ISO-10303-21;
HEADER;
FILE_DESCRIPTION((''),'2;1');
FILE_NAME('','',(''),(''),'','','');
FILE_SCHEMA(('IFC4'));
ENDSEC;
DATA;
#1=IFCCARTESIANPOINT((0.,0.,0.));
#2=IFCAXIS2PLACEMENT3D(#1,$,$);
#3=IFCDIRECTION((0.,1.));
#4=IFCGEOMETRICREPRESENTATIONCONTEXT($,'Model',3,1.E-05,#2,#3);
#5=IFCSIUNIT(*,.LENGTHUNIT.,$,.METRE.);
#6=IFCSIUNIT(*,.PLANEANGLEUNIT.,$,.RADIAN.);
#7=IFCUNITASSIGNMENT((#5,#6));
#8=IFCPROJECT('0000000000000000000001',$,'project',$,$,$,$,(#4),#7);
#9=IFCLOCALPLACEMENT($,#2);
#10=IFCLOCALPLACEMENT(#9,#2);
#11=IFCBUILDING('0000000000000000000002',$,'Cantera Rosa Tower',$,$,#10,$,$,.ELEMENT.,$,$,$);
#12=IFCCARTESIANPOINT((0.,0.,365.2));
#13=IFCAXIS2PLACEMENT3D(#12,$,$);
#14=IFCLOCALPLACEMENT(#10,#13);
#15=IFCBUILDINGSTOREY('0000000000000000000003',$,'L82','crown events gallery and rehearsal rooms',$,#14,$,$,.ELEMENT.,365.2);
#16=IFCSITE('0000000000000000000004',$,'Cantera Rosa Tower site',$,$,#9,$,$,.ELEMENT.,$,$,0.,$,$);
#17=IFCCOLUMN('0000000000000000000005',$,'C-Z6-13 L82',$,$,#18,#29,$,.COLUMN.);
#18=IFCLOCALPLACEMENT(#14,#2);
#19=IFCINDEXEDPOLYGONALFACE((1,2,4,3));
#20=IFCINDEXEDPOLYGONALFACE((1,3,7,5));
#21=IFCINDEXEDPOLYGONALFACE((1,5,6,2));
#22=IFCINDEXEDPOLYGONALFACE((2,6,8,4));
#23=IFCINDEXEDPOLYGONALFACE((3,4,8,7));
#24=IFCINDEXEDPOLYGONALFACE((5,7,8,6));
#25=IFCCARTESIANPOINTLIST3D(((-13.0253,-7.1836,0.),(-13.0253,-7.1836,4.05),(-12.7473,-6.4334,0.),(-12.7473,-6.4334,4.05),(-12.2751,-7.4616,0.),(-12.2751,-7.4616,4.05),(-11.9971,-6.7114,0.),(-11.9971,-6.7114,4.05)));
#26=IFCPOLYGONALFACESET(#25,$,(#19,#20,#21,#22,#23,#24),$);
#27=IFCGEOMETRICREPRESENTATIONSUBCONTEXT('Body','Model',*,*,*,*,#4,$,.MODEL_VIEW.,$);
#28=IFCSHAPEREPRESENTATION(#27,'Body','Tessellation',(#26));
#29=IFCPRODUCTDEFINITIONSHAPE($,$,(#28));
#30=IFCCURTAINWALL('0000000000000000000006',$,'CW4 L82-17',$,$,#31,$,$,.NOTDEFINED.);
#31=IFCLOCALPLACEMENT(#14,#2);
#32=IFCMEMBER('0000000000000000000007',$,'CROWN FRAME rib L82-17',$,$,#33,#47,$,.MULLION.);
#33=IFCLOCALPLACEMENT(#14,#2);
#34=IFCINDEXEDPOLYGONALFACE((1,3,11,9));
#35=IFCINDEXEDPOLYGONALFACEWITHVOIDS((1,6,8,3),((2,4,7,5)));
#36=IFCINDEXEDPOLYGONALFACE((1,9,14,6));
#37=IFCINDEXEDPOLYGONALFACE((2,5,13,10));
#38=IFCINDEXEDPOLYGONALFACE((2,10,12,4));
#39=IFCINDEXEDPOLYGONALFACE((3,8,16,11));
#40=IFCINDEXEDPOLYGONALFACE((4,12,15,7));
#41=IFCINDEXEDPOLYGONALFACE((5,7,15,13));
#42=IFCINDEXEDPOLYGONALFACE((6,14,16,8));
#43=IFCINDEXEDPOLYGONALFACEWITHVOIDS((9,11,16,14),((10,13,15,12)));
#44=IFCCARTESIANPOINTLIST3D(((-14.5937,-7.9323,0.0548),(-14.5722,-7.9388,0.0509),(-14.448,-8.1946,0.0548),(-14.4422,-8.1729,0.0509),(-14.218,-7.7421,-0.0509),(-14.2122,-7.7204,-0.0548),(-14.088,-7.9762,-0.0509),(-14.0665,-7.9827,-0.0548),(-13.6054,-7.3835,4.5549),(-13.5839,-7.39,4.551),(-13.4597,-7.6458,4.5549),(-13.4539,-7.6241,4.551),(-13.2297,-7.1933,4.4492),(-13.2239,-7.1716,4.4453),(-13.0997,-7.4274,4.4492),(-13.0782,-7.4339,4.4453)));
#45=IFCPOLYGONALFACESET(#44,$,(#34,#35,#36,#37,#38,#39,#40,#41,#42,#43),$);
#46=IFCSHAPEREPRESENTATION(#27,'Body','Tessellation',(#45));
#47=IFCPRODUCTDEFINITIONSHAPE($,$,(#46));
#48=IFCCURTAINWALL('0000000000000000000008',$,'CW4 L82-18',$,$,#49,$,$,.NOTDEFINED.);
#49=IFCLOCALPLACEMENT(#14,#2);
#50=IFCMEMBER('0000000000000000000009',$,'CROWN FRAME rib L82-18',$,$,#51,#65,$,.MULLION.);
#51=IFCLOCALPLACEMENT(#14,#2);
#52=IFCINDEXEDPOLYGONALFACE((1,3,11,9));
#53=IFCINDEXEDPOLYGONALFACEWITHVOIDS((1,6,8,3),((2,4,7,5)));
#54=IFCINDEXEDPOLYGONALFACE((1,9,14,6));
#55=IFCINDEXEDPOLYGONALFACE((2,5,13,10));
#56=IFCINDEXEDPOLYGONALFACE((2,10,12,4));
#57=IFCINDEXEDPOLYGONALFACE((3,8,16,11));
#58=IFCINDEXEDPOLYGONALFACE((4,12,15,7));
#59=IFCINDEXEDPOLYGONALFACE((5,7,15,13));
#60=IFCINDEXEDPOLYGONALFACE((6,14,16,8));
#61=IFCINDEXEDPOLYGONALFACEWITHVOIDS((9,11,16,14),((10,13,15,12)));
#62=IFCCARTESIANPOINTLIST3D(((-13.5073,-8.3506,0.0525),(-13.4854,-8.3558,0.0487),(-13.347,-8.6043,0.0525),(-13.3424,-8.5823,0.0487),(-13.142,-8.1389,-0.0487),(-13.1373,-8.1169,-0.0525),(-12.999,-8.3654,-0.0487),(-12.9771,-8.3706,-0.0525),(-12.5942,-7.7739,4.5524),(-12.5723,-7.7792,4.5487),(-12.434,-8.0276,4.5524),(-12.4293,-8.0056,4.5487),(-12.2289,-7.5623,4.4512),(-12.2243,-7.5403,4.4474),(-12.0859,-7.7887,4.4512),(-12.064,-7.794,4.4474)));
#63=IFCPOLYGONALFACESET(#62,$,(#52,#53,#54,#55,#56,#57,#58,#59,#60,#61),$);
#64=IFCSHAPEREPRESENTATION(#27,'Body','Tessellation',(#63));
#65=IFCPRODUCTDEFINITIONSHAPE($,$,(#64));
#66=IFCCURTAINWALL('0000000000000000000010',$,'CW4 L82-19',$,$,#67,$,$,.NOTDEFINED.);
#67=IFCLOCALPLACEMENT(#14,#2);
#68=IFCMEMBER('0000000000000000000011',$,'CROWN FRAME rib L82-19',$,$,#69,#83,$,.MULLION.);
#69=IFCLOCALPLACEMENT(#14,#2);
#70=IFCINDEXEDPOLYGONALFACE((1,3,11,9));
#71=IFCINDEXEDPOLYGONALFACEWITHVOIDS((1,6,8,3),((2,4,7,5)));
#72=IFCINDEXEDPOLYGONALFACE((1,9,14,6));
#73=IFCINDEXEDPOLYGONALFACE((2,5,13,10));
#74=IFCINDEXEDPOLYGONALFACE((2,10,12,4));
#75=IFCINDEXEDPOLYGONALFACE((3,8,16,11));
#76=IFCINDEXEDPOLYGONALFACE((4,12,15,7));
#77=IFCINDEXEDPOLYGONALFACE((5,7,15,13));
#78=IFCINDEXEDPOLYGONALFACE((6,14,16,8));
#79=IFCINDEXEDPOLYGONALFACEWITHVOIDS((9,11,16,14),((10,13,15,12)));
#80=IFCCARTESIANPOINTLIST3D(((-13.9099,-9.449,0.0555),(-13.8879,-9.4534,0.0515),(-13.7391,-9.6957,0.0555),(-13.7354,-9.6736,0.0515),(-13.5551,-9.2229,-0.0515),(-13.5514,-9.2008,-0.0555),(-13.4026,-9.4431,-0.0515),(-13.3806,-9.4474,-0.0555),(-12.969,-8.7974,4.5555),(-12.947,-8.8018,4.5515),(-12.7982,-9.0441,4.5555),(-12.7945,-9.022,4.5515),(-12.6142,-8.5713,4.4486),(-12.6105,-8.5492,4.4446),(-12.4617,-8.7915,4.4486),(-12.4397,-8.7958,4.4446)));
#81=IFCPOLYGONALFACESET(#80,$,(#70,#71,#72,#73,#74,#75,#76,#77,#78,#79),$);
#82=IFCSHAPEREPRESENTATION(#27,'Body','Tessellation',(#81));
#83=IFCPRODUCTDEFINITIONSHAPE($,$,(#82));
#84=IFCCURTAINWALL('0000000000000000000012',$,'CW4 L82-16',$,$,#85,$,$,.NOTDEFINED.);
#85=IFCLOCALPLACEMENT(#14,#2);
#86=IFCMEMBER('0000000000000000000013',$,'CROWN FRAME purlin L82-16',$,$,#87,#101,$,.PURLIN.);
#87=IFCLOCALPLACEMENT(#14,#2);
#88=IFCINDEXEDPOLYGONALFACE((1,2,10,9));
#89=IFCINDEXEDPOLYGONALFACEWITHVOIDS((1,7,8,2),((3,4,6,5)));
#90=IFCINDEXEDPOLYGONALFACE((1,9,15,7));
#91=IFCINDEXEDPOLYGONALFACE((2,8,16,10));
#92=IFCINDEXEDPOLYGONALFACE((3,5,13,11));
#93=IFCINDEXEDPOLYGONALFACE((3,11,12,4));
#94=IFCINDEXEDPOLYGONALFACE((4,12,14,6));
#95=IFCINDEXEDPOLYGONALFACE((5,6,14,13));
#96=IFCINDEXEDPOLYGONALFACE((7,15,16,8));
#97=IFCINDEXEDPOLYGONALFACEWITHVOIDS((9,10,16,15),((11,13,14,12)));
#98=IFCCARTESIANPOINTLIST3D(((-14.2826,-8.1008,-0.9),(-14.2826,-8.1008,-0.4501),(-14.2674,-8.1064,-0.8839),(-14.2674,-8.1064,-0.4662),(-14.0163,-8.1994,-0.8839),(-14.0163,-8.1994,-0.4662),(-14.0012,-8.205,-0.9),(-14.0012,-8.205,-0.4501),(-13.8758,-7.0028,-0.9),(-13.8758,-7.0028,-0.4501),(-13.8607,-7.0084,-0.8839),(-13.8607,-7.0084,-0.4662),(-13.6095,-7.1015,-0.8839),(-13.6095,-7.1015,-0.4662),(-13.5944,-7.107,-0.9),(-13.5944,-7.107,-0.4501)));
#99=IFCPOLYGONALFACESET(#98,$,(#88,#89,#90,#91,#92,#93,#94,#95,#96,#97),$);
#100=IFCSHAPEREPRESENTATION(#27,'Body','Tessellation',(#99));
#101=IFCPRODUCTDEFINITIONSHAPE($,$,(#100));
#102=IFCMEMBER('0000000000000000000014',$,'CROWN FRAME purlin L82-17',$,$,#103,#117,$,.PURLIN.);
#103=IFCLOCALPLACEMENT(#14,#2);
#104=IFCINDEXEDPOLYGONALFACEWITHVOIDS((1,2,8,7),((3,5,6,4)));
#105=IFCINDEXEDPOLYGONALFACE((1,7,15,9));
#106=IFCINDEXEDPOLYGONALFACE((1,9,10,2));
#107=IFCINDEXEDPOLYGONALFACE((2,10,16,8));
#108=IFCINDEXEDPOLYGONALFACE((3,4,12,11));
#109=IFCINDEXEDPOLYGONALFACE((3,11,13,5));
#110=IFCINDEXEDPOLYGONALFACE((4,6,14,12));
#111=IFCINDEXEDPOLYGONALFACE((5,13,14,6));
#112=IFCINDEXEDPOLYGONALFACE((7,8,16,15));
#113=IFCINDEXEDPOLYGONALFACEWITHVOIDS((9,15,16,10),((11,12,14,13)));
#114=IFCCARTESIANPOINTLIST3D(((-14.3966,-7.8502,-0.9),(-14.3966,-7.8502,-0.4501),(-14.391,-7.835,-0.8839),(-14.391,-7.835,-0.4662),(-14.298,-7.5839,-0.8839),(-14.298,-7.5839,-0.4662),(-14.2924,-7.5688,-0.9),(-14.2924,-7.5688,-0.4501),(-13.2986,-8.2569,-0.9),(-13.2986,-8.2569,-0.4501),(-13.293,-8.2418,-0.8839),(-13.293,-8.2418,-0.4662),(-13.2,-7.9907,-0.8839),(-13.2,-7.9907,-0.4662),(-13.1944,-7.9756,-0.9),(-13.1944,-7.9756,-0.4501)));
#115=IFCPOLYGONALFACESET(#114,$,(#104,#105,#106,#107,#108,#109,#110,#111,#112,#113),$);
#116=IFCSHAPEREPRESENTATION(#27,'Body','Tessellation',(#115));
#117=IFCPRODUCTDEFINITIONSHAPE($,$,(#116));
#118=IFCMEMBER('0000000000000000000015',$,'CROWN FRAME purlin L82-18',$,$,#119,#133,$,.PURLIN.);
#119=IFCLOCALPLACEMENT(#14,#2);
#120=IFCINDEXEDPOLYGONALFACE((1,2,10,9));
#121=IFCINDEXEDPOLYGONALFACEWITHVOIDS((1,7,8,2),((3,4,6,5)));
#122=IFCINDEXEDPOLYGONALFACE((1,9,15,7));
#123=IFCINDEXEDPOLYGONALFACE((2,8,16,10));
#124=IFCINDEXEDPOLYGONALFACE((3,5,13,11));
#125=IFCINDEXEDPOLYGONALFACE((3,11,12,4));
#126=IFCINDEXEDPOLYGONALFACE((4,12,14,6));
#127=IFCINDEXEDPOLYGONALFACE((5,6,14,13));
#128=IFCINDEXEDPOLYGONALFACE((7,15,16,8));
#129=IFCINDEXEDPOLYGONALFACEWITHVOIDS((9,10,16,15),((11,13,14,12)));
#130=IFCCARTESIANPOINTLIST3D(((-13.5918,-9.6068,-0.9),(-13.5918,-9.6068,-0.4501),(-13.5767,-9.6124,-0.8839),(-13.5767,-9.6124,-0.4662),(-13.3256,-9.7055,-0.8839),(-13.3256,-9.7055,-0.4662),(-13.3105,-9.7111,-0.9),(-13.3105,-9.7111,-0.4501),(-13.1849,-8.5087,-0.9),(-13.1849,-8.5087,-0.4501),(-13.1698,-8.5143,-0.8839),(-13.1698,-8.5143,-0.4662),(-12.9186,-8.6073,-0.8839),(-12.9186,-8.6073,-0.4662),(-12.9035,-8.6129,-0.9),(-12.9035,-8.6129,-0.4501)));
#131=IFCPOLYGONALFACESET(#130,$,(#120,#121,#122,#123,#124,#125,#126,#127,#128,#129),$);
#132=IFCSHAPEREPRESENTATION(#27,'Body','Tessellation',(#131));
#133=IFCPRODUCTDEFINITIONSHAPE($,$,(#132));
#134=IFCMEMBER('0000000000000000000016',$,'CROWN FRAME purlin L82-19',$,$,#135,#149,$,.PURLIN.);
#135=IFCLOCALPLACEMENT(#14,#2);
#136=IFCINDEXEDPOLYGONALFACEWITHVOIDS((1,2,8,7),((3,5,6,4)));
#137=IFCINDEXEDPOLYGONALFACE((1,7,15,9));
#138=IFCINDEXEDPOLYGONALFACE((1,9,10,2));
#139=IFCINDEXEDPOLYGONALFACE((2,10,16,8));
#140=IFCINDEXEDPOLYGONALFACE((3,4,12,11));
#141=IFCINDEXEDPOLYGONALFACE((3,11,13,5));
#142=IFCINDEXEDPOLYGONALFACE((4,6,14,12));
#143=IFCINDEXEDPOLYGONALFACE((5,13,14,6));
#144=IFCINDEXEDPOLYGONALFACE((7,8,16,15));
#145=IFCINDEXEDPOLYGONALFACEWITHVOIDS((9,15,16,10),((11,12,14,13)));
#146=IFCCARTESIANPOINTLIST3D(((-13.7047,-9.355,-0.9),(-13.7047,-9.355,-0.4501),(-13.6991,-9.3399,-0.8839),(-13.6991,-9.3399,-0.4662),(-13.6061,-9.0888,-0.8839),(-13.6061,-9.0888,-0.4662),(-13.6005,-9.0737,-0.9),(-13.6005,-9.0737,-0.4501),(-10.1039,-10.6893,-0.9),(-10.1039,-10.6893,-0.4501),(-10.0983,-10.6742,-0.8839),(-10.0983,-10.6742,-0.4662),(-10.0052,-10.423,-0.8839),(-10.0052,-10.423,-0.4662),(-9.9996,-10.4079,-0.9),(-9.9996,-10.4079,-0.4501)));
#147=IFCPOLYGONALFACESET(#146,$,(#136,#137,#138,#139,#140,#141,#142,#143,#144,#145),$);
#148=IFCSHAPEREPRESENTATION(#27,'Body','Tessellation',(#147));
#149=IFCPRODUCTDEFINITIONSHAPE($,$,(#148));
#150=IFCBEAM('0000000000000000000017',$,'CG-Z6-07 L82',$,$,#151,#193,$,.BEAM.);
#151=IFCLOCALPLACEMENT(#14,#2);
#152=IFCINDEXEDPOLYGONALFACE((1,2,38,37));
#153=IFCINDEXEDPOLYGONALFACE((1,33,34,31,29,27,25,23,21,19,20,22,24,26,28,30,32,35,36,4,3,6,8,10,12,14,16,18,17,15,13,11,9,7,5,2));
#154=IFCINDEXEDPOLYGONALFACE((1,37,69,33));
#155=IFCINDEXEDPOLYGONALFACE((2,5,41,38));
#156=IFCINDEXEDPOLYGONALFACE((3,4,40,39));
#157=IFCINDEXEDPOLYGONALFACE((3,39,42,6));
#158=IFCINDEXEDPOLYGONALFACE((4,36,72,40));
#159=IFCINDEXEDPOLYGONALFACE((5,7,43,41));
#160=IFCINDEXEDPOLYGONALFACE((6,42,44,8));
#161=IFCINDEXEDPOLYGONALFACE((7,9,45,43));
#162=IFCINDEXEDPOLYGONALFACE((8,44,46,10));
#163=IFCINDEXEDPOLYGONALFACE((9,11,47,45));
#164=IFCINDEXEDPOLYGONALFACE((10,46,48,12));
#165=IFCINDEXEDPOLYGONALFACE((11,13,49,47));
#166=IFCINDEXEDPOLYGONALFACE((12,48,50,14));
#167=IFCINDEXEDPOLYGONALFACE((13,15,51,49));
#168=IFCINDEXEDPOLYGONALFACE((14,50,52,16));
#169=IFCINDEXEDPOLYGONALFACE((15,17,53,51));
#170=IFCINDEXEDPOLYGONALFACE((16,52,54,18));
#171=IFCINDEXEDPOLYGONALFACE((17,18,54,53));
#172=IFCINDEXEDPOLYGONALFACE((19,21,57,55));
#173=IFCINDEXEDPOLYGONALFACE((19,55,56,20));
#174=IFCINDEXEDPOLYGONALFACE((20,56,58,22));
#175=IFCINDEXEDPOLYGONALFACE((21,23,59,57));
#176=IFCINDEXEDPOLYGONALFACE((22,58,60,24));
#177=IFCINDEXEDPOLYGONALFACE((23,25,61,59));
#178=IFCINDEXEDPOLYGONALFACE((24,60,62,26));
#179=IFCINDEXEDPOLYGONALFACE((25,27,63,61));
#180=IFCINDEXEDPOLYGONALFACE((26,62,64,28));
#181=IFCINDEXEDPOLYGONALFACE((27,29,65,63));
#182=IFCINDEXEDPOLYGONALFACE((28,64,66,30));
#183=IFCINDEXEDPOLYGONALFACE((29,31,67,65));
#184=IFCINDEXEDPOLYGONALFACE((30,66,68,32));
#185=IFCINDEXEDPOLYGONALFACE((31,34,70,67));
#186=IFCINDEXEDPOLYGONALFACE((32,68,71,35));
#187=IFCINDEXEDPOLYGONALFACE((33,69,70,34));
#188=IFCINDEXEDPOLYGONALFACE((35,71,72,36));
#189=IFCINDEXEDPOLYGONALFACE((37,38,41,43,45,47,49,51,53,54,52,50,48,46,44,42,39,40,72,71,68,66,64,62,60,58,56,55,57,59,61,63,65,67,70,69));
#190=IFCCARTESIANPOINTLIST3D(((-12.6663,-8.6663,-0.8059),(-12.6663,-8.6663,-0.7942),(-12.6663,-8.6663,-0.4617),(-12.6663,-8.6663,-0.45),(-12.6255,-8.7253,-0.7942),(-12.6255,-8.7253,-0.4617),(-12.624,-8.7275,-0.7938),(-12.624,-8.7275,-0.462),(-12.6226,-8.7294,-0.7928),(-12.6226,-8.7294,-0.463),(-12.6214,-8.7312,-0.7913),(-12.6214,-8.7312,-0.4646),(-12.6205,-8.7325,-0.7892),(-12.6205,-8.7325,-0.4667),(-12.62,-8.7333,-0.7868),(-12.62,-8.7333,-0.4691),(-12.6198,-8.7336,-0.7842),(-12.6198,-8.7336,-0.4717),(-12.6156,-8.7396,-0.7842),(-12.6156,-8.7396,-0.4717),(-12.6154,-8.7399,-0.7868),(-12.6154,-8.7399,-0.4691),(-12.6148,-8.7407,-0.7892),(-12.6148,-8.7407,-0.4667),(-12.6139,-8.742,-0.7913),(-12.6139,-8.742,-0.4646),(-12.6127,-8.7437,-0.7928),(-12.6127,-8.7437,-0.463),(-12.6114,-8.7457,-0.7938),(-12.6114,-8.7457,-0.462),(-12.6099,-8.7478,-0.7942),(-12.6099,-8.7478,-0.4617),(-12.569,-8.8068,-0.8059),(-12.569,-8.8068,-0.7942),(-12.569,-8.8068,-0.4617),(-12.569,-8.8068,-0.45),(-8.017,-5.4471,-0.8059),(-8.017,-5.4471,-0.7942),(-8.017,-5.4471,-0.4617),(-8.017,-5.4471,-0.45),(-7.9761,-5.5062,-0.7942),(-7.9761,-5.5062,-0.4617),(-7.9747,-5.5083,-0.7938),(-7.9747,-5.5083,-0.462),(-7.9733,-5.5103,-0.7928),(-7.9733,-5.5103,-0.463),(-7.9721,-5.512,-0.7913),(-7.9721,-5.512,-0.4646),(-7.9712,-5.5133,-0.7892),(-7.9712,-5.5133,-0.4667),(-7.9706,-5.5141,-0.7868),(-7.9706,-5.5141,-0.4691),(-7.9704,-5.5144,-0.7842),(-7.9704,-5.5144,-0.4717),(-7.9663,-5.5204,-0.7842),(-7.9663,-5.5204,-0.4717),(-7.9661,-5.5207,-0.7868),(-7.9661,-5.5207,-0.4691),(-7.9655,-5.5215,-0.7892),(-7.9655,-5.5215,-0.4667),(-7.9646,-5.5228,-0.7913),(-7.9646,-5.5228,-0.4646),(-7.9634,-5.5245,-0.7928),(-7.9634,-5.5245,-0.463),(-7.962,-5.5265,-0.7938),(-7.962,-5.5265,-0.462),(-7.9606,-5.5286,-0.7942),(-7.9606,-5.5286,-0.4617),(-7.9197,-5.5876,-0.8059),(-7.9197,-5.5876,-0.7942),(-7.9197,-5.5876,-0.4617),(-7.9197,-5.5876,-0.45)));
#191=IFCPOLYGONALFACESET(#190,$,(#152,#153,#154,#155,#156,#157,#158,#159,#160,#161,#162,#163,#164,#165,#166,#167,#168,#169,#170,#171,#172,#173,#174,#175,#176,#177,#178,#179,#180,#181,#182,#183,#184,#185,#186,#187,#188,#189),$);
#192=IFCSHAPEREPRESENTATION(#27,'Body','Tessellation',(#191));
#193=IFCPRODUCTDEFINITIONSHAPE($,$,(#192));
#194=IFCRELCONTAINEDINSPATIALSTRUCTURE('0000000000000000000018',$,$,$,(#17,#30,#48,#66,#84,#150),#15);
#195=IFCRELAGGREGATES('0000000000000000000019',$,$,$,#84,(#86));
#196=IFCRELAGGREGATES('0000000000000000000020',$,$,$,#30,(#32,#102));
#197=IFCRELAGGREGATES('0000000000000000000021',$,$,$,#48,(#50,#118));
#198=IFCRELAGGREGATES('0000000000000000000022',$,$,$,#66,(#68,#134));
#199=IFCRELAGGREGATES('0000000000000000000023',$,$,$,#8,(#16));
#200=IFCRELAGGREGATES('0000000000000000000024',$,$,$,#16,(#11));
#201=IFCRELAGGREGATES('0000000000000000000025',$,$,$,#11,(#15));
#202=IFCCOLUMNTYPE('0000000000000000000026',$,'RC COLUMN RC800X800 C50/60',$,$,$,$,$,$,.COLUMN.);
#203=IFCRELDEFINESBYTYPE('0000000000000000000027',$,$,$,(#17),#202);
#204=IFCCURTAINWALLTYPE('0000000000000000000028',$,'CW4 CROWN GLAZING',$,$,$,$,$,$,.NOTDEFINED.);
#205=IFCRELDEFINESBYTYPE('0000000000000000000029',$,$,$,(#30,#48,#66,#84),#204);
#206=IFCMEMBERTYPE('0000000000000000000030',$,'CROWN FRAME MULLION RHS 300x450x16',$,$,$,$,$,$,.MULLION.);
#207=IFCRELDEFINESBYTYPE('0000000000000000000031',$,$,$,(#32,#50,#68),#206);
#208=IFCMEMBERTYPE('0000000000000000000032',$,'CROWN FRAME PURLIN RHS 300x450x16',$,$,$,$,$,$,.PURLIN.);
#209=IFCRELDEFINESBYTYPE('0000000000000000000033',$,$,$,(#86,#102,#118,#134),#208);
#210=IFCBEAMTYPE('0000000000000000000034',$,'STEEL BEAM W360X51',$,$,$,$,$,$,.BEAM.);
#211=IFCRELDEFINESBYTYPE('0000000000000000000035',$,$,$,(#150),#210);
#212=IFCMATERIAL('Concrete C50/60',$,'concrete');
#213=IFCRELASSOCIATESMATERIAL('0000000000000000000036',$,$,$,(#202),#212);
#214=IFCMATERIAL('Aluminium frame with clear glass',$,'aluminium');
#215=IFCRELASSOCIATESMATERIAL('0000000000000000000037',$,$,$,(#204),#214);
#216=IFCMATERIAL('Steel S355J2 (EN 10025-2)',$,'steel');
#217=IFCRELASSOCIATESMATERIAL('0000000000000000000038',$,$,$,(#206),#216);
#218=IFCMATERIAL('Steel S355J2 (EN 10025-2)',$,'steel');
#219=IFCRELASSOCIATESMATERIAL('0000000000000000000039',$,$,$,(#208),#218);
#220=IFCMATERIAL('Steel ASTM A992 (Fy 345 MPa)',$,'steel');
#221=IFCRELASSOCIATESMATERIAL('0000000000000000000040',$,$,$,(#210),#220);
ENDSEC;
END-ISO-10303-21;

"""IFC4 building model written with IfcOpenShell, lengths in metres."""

from ifc_helpers import new_model, si_unit, direction, frame, origin, origin_2d, place, context, subcontext, project, spatial, rectangle, hollow_rectangle, i_section, extrude, material, material_profile, profile_set, type_object, element, aggregate, save


model = new_model("IFC4")

# Units and contexts
model_context = context("Model", 3, precision=1e-05, world=origin(), true_north=direction((0.0, 1.0)))
body_context = subcontext(model_context, "Body", "Model", "MODEL_VIEW")
ifc_project = project(units=[si_unit("LENGTHUNIT", "METRE"), si_unit("PLANEANGLEUNIT", "RADIAN")], contexts=[model_context])

# Site, building, storey
site_placement = place(None, origin())
site = spatial("IfcSite", under=ifc_project, at=site_placement, Name="Cantera Rosa Tower site", CompositionType="ELEMENT", RefElevation=0.0)
building_placement = place(site_placement, origin())
building = spatial("IfcBuilding", under=site, at=building_placement, Name="Cantera Rosa Tower", CompositionType="ELEMENT")
storey_placement = place(building_placement, frame((0.0, 0.0, 365.2)))
storey = spatial("IfcBuildingStorey", under=building, at=storey_placement, Name="L82", Description="crown events gallery and rehearsal rooms", CompositionType="ELEMENT", Elevation=365.2)

# Column
ifc_material_1 = material(Name="Concrete C50/60", Category="concrete")
ifc_material_profile_1 = material_profile(ifc_material_1, rectangle(XDim=0.8, YDim=0.8, at=origin_2d()), Name="RC COLUMN RC800X800 C50/60")
ifc_profile_set_1 = profile_set([ifc_material_profile_1], Name="Concrete C50/60")
column_type = type_object("IfcColumnType", Name="RC COLUMN RC800X800 C50/60", PredefinedType="COLUMN", material=ifc_profile_set_1)
column_placement = place(storey_placement, frame((-12.5112, -6.9475, 0.0), z_axis=(0.0, 0.0, 1.0), x_axis=(0.347481, 0.937687, 0.0)))
element("IfcColumn", 1, at=column_placement, inside=storey, type_object=column_type, Name="C-Z6-13 L82", PredefinedType="COLUMN", context=body_context, shape_type="SweptSolid", body=[
    extrude(rectangle(XDim=0.8, YDim=0.8, at=origin_2d()), origin(), (0.0, 0.0, 1.0), 4.05),
])

# Curtain walls, members
ifc_material_2 = material(Name="Aluminium frame with clear glass", Category="aluminium")
curtain_wall_type = type_object("IfcCurtainWallType", Name="CW4 CROWN GLAZING", PredefinedType="NOTDEFINED", material=ifc_material_2)
curtain_wall_1_placement = place(storey_placement, origin())
curtain_wall_1 = element("IfcCurtainWall", 2, at=curtain_wall_1_placement, inside=storey, type_object=curtain_wall_type, Name="CW4 L82-17", PredefinedType="NOTDEFINED")
ifc_material_3 = material(Name="Steel S355J2 (EN 10025-2)", Category="steel")
ifc_material_profile_2 = material_profile(ifc_material_3, hollow_rectangle(XDim=0.3, YDim=0.45, WallThickness=0.0161, at=origin_2d()), Name="CROWN FRAME MULLION RHS 300x450x16")
ifc_profile_set_2 = profile_set([ifc_material_profile_2], Name="Steel S355J2 (EN 10025-2)")
member_type_1 = type_object("IfcMemberType", Name="CROWN FRAME MULLION RHS 300x450x16", PredefinedType="MULLION", material=ifc_profile_set_2)
member_1_placement = place(storey_placement, frame((-14.3301, -7.9575, 0.0), z_axis=(0.213, 0.118287, 0.969866), x_axis=(-0.485496, 0.874239, 0.0)))
member_1 = element("IfcMember", 3, at=member_1_placement, type_object=member_type_1, Name="CROWN FRAME rib L82-17", PredefinedType="MULLION", context=body_context, shape_type="SweptSolid", body=[
    extrude(hollow_rectangle(XDim=0.3, YDim=0.45, WallThickness=0.0161, at=origin_2d()), origin(), (0.0, 0.0, 1.0), 4.6399),
])
curtain_wall_2_placement = place(storey_placement, origin())
curtain_wall_2 = element("IfcCurtainWall", 4, at=curtain_wall_2_placement, inside=storey, type_object=curtain_wall_type, Name="CW4 L82-18", PredefinedType="NOTDEFINED")
member_2_placement = place(storey_placement, frame((-13.2422, -8.3606, 0.0), z_axis=(0.197306, 0.124609, 0.97239), x_axis=(-0.533976, 0.8455, 0.0)))
member_2 = element("IfcMember", 5, at=member_2_placement, type_object=member_type_1, Name="CROWN FRAME rib L82-18", PredefinedType="MULLION", context=body_context, shape_type="SweptSolid", body=[
    extrude(hollow_rectangle(XDim=0.3, YDim=0.45, WallThickness=0.0161, at=origin_2d()), origin(), (0.0, 0.0, 1.0), 4.6277),
])
curtain_wall_3_placement = place(storey_placement, origin())
curtain_wall_3 = element("IfcCurtainWall", 6, at=curtain_wall_3_placement, inside=storey, type_object=curtain_wall_type, Name="CW4 L82-19", PredefinedType="NOTDEFINED")
member_3_placement = place(storey_placement, frame((-13.6453, -9.4482, 0.0), z_axis=(0.202641, 0.140335, 0.969145), x_axis=(-0.569332, 0.822108, 0.0)))
member_3 = element("IfcMember", 7, at=member_3_placement, type_object=member_type_1, Name="CROWN FRAME rib L82-19", PredefinedType="MULLION", context=body_context, shape_type="SweptSolid", body=[
    extrude(hollow_rectangle(XDim=0.3, YDim=0.45, WallThickness=0.0161, at=origin_2d()), origin(), (0.0, 0.0, 1.0), 4.6433),
])
curtain_wall_4_placement = place(storey_placement, origin())
curtain_wall_4 = element("IfcCurtainWall", 8, at=curtain_wall_4_placement, inside=storey, type_object=curtain_wall_type, Name="CW4 L82-16", PredefinedType="NOTDEFINED")
ifc_material_4 = material(Name="Steel S355J2 (EN 10025-2)", Category="steel")
ifc_material_profile_3 = material_profile(ifc_material_4, hollow_rectangle(XDim=0.3, YDim=0.45, WallThickness=0.0161, at=origin_2d()), Name="CROWN FRAME PURLIN RHS 300x450x16")
ifc_profile_set_3 = profile_set([ifc_material_profile_3], Name="Steel S355J2 (EN 10025-2)")
member_type_2 = type_object("IfcMemberType", Name="CROWN FRAME PURLIN RHS 300x450x16", PredefinedType="PURLIN", material=ifc_profile_set_3)
member_4_placement = place(storey_placement, frame((-13.7351, -7.0549, -0.675), z_axis=(-0.347396, -0.937719, 0.0), x_axis=(0.937719, -0.347396, 0.0)))
member_4 = element("IfcMember", 9, at=member_4_placement, type_object=member_type_2, Name="CROWN FRAME purlin L82-16", PredefinedType="PURLIN", context=body_context, shape_type="SweptSolid", body=[
    extrude(hollow_rectangle(XDim=0.3, YDim=0.45, WallThickness=0.0161, at=origin_2d()), origin(), (0.0, 0.0, 1.0), 1.1709),
])

# Members
member_5_placement = place(storey_placement, frame((-14.3445, -7.7095, -0.675), z_axis=(0.937719, -0.347396, 0.0), x_axis=(0.347396, 0.937719, 0.0)))
member_5 = element("IfcMember", 10, at=member_5_placement, type_object=member_type_2, Name="CROWN FRAME purlin L82-17", PredefinedType="PURLIN", context=body_context, shape_type="SweptSolid", body=[
    extrude(hollow_rectangle(XDim=0.3, YDim=0.45, WallThickness=0.0161, at=origin_2d()), origin(), (0.0, 0.0, 1.0), 1.1709),
])
member_6_placement = place(storey_placement, frame((-13.0442, -8.5608, -0.675), z_axis=(-0.347511, -0.937676, 0.0), x_axis=(0.937676, -0.347511, 0.0)))
member_6 = element("IfcMember", 11, at=member_6_placement, type_object=member_type_2, Name="CROWN FRAME purlin L82-18", PredefinedType="PURLIN", context=body_context, shape_type="SweptSolid", body=[
    extrude(hollow_rectangle(XDim=0.3, YDim=0.45, WallThickness=0.0161, at=origin_2d()), origin(), (0.0, 0.0, 1.0), 1.1711),
])
member_7_placement = place(storey_placement, frame((-13.6526, -9.2144, -0.675), z_axis=(0.937699, -0.347449, 0.0), x_axis=(0.347449, 0.937699, 0.0)))
member_7 = element("IfcMember", 12, at=member_7_placement, type_object=member_type_2, Name="CROWN FRAME purlin L82-19", PredefinedType="PURLIN", context=body_context, shape_type="SweptSolid", body=[
    extrude(hollow_rectangle(XDim=0.3, YDim=0.45, WallThickness=0.0161, at=origin_2d()), origin(), (0.0, 0.0, 1.0), 3.8401),
])

# Beam
ifc_material_5 = material(Name="Steel ASTM A992 (Fy 345 MPa)", Category="steel")
ifc_material_profile_4 = material_profile(ifc_material_5, i_section(OverallWidth=0.1709, OverallDepth=0.356, WebThickness=0.0073, FlangeThickness=0.0117, FilletRadius=0.01, at=origin_2d()), Name="W360X51")
ifc_profile_set_4 = profile_set([ifc_material_profile_4], Name="Steel ASTM A992 (Fy 345 MPa)")
beam_type_1 = type_object("IfcBeamType", Name="STEEL BEAM W360X51", PredefinedType="BEAM", material=ifc_profile_set_4)
beam_1_placement = place(storey_placement, frame((-12.6177, -8.7366, -0.6279), z_axis=(0.822158, 0.569259, 0.0), x_axis=(-0.569259, 0.822158, 0.0)))
element("IfcBeam", 13, at=beam_1_placement, inside=storey, type_object=beam_type_1, Name="CG-Z6-07 L82", PredefinedType="BEAM", context=body_context, shape_type="SweptSolid", body=[
    extrude(i_section(OverallWidth=0.1709, OverallDepth=0.356, WebThickness=0.0073, FlangeThickness=0.0117, FilletRadius=0.01, at=origin_2d()), origin(), (0.0, 0.0, 1.0), 5.655),
])

aggregate(curtain_wall_4, [member_4])
aggregate(curtain_wall_1, [member_1, member_5])
aggregate(curtain_wall_2, [member_2, member_6])
aggregate(curtain_wall_3, [member_3, member_7])

save(model, "model.ifc")
